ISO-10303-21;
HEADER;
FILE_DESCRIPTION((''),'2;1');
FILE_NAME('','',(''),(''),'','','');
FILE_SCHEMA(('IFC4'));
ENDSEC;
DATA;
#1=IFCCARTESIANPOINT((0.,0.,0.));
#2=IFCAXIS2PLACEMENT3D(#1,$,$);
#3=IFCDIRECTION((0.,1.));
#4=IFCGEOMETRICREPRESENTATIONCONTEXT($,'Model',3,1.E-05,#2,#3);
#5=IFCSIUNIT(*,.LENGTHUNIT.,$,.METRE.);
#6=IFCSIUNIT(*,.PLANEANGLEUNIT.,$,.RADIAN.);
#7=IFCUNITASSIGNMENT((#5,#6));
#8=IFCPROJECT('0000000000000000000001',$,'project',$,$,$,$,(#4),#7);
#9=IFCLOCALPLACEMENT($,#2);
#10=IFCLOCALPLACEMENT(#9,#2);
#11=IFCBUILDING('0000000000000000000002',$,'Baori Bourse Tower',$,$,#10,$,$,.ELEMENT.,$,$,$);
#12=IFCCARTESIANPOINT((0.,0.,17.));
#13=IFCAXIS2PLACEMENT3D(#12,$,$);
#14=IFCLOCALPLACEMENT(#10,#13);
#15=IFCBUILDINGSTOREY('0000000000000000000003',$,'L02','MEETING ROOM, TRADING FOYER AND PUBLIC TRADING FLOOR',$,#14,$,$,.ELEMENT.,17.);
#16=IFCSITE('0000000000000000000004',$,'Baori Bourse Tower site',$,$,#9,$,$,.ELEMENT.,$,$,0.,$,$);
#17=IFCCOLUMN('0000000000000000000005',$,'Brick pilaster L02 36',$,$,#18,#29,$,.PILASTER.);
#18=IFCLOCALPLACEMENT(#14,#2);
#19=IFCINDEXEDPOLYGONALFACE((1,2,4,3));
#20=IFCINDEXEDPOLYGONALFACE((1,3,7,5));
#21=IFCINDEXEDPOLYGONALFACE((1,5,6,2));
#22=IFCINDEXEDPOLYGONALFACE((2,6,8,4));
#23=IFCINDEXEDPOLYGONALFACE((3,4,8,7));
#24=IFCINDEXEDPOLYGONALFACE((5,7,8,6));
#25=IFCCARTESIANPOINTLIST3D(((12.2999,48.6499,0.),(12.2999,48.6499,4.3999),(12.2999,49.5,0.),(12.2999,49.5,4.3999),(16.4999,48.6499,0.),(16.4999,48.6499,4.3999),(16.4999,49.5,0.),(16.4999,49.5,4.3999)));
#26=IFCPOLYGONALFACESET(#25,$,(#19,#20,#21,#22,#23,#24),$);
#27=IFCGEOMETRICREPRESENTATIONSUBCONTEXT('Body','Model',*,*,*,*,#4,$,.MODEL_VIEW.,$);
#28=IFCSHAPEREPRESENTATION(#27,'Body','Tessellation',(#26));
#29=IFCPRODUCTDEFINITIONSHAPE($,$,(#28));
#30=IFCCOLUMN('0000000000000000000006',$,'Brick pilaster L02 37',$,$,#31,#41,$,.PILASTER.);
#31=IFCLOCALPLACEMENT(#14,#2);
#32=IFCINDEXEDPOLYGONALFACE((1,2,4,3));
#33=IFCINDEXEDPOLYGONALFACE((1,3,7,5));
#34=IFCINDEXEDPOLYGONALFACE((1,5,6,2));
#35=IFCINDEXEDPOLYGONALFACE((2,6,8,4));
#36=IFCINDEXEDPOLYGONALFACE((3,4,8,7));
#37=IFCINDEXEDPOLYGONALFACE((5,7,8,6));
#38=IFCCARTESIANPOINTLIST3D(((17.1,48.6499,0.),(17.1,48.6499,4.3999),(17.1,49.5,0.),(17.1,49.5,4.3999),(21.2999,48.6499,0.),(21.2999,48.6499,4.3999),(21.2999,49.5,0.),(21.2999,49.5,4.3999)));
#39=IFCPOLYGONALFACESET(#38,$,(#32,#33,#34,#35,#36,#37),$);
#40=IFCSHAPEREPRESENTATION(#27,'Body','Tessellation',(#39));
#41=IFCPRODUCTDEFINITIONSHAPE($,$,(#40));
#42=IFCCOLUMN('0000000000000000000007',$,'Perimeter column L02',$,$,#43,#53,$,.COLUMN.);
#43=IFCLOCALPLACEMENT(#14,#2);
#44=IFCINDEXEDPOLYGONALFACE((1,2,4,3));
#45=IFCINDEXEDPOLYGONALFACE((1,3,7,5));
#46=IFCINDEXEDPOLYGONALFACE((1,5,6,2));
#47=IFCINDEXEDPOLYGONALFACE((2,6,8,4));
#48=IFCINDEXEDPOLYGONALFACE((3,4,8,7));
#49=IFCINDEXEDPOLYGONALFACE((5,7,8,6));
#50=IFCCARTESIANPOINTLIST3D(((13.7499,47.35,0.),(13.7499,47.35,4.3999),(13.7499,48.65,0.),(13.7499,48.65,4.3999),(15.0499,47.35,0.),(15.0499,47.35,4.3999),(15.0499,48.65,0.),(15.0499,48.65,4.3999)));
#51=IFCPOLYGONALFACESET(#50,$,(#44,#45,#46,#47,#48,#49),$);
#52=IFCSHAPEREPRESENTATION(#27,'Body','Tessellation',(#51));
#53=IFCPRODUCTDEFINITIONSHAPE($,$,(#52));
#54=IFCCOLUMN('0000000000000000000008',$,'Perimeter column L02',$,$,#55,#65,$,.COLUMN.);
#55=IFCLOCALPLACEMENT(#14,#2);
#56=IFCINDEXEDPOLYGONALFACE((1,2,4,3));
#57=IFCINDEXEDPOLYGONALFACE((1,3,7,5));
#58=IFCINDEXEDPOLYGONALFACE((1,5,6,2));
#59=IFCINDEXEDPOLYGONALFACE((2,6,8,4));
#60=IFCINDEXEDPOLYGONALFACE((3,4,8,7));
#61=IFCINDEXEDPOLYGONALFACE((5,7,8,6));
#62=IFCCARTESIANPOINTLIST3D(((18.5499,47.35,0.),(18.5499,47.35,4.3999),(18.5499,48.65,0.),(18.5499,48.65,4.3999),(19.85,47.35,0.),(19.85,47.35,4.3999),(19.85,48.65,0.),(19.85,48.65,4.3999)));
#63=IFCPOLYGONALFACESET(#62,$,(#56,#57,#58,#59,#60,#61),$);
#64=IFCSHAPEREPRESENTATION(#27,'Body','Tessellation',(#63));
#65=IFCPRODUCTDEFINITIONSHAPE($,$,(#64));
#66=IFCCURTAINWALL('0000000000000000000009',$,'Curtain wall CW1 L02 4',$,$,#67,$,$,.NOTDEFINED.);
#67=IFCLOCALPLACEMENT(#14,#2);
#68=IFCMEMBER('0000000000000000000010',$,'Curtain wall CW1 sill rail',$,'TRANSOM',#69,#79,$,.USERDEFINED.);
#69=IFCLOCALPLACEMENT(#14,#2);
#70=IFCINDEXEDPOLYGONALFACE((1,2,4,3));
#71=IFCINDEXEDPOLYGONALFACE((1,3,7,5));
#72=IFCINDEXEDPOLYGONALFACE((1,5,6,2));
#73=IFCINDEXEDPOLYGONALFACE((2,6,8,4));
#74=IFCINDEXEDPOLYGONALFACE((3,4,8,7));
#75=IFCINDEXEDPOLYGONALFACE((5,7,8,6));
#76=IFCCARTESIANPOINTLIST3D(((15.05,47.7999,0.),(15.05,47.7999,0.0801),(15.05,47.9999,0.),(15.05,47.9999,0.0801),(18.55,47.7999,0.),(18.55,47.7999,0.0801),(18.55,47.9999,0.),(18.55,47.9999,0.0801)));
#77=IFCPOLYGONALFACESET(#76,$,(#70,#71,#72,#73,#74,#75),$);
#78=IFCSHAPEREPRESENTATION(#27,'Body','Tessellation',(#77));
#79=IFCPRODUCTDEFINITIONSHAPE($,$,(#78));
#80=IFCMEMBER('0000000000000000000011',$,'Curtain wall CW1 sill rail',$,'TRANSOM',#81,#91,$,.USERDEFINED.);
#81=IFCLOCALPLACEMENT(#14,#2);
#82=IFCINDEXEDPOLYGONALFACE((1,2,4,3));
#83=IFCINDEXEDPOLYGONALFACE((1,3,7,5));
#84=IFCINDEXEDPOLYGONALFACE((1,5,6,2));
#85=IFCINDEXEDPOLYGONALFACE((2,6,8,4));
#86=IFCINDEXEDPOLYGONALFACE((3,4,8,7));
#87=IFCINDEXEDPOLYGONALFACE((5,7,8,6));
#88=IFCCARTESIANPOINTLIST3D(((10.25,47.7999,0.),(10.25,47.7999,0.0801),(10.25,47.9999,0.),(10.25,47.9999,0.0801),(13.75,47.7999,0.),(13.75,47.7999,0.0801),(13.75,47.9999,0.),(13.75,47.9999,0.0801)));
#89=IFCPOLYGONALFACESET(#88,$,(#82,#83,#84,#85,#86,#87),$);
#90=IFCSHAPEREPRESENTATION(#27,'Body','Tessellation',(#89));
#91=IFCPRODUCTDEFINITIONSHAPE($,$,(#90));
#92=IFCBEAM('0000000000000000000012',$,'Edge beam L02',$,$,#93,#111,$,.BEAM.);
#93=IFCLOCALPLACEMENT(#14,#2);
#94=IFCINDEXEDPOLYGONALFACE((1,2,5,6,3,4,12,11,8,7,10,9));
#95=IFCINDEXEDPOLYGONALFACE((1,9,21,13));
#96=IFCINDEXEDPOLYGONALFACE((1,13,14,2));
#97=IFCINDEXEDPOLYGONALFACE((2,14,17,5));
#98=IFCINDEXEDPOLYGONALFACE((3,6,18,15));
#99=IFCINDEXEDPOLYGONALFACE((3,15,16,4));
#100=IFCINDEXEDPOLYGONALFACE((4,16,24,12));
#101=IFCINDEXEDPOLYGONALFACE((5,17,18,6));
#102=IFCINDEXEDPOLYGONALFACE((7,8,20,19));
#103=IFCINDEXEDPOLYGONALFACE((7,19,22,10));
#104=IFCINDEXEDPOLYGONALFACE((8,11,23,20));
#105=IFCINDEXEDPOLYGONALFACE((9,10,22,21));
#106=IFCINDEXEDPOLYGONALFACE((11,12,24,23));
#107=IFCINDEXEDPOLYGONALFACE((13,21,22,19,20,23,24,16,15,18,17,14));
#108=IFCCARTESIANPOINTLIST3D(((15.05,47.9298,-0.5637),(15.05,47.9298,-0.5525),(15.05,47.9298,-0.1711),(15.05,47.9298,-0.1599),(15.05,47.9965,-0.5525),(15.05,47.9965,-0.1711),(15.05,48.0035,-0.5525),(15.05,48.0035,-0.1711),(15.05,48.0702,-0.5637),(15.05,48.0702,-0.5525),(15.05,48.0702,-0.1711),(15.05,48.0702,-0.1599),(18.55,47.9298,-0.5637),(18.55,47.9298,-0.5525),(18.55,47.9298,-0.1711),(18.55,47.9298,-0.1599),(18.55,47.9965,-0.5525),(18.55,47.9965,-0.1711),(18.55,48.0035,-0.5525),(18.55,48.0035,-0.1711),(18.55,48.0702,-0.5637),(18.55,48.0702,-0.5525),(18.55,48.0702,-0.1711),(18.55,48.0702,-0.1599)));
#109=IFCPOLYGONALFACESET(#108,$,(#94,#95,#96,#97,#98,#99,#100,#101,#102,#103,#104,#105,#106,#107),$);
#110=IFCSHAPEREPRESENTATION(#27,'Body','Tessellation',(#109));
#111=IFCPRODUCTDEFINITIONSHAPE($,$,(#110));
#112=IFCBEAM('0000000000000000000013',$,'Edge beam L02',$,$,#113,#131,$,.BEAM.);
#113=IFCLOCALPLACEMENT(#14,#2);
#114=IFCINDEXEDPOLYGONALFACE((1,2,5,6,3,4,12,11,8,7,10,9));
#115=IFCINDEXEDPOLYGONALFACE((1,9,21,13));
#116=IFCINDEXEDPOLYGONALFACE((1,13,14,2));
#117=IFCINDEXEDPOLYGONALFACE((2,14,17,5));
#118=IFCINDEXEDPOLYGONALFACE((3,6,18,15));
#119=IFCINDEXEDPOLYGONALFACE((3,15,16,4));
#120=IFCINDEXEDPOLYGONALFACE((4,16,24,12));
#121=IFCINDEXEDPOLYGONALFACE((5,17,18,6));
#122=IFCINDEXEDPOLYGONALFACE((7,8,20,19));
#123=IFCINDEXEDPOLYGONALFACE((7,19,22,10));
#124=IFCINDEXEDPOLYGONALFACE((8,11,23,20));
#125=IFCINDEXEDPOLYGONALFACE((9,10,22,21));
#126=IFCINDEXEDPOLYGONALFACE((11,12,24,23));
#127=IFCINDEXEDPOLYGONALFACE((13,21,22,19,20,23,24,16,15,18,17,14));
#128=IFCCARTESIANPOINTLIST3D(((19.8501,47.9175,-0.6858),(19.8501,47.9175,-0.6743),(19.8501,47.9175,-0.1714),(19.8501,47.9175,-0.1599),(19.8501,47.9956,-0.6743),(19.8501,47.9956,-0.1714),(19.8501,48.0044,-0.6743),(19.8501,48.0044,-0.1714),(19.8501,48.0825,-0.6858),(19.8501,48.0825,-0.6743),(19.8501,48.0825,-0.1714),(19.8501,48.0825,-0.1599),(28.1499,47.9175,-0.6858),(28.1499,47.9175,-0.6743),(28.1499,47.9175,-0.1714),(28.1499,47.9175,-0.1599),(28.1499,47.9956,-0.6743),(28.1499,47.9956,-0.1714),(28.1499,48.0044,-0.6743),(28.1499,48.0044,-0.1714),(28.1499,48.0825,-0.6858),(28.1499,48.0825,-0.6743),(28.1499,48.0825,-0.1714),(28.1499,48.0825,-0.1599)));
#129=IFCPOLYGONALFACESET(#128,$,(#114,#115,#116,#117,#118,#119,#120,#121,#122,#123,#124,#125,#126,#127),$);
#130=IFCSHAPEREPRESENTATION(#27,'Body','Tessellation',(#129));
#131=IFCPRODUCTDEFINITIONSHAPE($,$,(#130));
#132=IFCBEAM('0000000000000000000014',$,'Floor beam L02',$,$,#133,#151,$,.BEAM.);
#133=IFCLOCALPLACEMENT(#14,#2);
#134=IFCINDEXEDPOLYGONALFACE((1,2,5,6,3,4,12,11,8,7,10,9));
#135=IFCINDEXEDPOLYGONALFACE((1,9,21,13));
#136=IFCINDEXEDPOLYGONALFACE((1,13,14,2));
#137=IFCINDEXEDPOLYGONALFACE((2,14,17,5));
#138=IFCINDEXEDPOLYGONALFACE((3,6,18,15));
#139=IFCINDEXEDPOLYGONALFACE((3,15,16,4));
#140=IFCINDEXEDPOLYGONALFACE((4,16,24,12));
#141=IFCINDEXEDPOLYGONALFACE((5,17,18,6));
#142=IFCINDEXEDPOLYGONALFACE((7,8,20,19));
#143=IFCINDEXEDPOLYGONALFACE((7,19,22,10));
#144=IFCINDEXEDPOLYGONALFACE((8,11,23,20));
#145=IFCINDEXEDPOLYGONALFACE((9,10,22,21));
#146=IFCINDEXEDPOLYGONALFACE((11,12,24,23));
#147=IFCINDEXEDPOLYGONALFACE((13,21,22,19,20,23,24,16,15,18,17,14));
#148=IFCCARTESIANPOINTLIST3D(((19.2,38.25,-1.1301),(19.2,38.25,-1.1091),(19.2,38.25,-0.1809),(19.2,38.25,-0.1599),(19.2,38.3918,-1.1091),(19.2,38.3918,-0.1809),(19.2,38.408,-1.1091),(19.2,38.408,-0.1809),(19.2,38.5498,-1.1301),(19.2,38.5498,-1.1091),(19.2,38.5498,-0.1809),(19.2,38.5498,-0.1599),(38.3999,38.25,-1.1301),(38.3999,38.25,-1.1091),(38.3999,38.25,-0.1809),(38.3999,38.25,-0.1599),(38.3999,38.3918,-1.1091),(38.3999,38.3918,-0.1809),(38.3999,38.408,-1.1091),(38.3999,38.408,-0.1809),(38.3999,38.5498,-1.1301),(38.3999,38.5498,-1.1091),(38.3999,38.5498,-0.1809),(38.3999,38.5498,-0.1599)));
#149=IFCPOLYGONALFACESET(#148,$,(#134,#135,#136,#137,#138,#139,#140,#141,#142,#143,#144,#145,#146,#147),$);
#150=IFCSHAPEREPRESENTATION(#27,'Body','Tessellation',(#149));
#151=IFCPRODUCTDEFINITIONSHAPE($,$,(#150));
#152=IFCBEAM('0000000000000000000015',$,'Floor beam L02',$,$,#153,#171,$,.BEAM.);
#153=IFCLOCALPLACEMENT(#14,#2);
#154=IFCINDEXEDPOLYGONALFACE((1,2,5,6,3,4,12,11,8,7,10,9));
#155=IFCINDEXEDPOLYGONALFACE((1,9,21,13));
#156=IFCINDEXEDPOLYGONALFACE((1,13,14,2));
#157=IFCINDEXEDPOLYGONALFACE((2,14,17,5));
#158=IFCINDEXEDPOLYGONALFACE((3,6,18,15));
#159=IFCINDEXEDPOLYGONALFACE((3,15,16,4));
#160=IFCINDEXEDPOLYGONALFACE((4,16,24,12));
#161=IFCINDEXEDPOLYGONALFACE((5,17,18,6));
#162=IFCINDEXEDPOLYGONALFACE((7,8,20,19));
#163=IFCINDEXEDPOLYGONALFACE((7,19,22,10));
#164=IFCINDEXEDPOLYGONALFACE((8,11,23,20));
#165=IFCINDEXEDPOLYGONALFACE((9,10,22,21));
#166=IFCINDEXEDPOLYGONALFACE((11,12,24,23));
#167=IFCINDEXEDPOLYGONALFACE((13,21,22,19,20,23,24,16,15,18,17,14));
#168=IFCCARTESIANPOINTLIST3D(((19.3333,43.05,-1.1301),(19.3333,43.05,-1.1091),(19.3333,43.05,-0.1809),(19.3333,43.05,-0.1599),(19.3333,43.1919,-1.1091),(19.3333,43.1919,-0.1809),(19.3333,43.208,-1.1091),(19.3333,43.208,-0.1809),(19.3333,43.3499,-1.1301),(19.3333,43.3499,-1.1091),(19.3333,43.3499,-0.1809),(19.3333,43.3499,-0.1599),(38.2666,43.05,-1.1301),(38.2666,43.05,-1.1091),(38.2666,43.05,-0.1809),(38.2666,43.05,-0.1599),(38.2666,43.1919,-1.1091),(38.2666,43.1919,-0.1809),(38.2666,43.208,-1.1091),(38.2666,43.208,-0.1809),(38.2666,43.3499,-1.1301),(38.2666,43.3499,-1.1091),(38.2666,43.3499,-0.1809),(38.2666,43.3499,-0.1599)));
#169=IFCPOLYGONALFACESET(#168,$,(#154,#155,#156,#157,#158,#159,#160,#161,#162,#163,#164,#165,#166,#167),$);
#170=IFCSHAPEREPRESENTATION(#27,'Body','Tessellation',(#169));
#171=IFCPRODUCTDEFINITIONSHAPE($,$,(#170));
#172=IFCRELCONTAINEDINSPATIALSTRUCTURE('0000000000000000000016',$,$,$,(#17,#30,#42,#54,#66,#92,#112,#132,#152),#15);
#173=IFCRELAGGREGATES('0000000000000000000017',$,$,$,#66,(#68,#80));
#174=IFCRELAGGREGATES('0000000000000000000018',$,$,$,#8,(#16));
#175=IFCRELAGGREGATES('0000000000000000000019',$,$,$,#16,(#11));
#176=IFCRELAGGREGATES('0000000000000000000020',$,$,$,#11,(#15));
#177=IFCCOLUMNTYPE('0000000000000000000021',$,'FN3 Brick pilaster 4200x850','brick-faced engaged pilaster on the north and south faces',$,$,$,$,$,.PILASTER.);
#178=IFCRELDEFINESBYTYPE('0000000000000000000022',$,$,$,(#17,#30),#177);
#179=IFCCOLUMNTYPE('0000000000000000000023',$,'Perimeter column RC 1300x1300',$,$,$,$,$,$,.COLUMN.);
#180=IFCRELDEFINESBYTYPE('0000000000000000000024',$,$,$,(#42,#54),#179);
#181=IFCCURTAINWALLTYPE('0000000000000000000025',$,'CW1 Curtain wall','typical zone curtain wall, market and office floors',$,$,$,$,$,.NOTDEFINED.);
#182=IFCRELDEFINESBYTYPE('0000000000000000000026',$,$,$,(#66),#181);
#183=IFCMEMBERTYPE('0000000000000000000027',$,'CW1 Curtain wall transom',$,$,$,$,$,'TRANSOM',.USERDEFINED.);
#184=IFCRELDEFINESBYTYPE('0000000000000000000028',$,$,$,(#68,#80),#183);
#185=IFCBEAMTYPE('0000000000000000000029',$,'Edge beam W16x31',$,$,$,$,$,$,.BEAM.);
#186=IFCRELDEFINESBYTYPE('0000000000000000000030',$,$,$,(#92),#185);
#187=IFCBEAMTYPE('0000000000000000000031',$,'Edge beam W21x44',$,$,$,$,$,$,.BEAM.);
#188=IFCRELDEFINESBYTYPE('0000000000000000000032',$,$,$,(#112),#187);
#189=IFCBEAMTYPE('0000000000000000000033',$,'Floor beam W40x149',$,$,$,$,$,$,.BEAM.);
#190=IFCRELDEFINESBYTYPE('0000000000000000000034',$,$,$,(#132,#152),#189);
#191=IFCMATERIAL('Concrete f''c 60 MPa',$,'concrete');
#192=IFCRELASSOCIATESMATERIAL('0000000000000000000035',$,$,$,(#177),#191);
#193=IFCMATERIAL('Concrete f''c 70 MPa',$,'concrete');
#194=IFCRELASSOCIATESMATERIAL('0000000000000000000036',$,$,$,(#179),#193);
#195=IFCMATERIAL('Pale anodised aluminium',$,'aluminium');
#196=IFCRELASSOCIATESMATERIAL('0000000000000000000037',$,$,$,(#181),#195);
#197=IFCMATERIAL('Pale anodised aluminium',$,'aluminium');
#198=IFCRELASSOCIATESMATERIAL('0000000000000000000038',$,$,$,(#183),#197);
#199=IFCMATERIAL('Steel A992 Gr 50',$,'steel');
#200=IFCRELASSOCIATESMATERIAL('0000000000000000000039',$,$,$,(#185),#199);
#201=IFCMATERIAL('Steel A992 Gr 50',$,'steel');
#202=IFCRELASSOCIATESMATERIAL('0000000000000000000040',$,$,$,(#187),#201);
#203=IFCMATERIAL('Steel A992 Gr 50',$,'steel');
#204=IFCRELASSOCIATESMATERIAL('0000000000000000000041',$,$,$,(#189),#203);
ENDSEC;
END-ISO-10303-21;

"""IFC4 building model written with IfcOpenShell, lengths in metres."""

from ifc_helpers import new_model, si_unit, direction, frame, origin, origin_2d, place, context, subcontext, project, spatial, rectangle, i_section, extrude, material, material_profile, profile_set, type_object, element, aggregate, save


model = new_model("IFC4")

# Units and contexts
model_context = context("Model", 3, precision=1e-05, world=origin(), true_north=direction((0.0, 1.0)))
body_context = subcontext(model_context, "Body", "Model", "MODEL_VIEW")
ifc_project = project(units=[si_unit("LENGTHUNIT", "METRE"), si_unit("PLANEANGLEUNIT", "RADIAN")], contexts=[model_context])

# Site, building, storey
site_placement = place(None, origin())
site = spatial("IfcSite", under=ifc_project, at=site_placement, Name="Baori Bourse Tower site", CompositionType="ELEMENT", RefElevation=0.0)
building_placement = place(site_placement, origin())
building = spatial("IfcBuilding", under=site, at=building_placement, Name="Baori Bourse Tower", CompositionType="ELEMENT")
storey_placement = place(building_placement, frame((0.0, 0.0, 17.0)))
storey = spatial("IfcBuildingStorey", under=building, at=storey_placement, Name="L02", Description="MEETING ROOM, TRADING FOYER AND PUBLIC TRADING FLOOR", CompositionType="ELEMENT", Elevation=17.0)

# Columns
ifc_material_1 = material(Name="Concrete f'c 60 MPa", Category="concrete")
ifc_material_profile_1 = material_profile(ifc_material_1, rectangle(XDim=4.2, YDim=0.8501, at=origin_2d()), Name="RC 4200x850")
ifc_profile_set_1 = profile_set([ifc_material_profile_1], Name="Concrete f'c 60 MPa")
column_type_1 = type_object("IfcColumnType", Name="FN3 Brick pilaster 4200x850", Description="brick-faced engaged pilaster on the north and south faces", PredefinedType="PILASTER", material=ifc_profile_set_1)
for number, where, z_axis, x_axis, name in (
    (1, (14.3999, 49.075, 0.0), (0.0, 0.0, 1.0), (1.0, 0.0, 0.0), "Brick pilaster L02 36"),
    (2, (19.2, 49.075, 0.0), (0.0, 0.0, 1.0), (1.0, 0.0, 0.0), "Brick pilaster L02 37"),
):
    element("IfcColumn", number, at=place(storey_placement, frame(where, z_axis=z_axis, x_axis=x_axis)), inside=storey, type_object=column_type_1, Name=name, PredefinedType="PILASTER", context=body_context, shape_type="SweptSolid", body=[
        extrude(rectangle(XDim=4.2, YDim=0.8501, at=origin_2d()), origin(), (0.0, 0.0, 1.0), 4.3999),
    ])
ifc_material_2 = material(Name="Concrete f'c 70 MPa", Category="concrete")
ifc_material_profile_2 = material_profile(ifc_material_2, rectangle(XDim=1.3, YDim=1.3, at=origin_2d()), Name="RC 1300x1300")
ifc_profile_set_2 = profile_set([ifc_material_profile_2], Name="Concrete f'c 70 MPa")
column_type_2 = type_object("IfcColumnType", Name="Perimeter column RC 1300x1300", PredefinedType="COLUMN", material=ifc_profile_set_2)
for number, where, z_axis, x_axis, name in (
    (3, (14.3999, 48.0, 0.0), (0.0, 0.0, 1.0), (1.0, 0.0, 0.0), "Perimeter column L02"),
    (4, (19.2, 48.0, 0.0), (0.0, 0.0, 1.0), (1.0, 0.0, 0.0), "Perimeter column L02"),
):
    element("IfcColumn", number, at=place(storey_placement, frame(where, z_axis=z_axis, x_axis=x_axis)), inside=storey, type_object=column_type_2, Name=name, PredefinedType="COLUMN", context=body_context, shape_type="SweptSolid", body=[
        extrude(rectangle(XDim=1.3, YDim=1.3, at=origin_2d()), origin(), (0.0, 0.0, 1.0), 4.3999),
    ])

# Curtain wall, members
ifc_material_3 = material(Name="Pale anodised aluminium", Category="aluminium")
curtain_wall_type = type_object("IfcCurtainWallType", Name="CW1 Curtain wall", Description="typical zone curtain wall, market and office floors", PredefinedType="NOTDEFINED", material=ifc_material_3)
curtain_wall_placement = place(storey_placement, origin())
curtain_wall = element("IfcCurtainWall", 5, at=curtain_wall_placement, inside=storey, type_object=curtain_wall_type, Name="Curtain wall CW1 L02 4", PredefinedType="NOTDEFINED")
ifc_material_4 = material(Name="Pale anodised aluminium", Category="aluminium")
ifc_material_profile_3 = material_profile(ifc_material_4, rectangle(XDim=0.2, YDim=0.0801, at=origin_2d()), Name="Transom 80x200")
ifc_profile_set_3 = profile_set([ifc_material_profile_3], Name="Pale anodised aluminium")
member_type = type_object("IfcMemberType", Name="CW1 Curtain wall transom", ElementType="TRANSOM", PredefinedType="USERDEFINED", material=ifc_profile_set_3)
member_1_placement = place(storey_placement, frame((18.55, 47.8999, 0.04), z_axis=(-1.0, 0.0, 0.0), x_axis=(0.0, -1.0, 0.0)))
member_1 = element("IfcMember", 6, at=member_1_placement, type_object=member_type, Name="Curtain wall CW1 sill rail", ObjectType="TRANSOM", PredefinedType="USERDEFINED", context=body_context, shape_type="SweptSolid", body=[
    extrude(rectangle(XDim=0.2, YDim=0.0801, at=origin_2d()), origin(), (0.0, 0.0, 1.0), 3.5),
])
member_2_placement = place(storey_placement, frame((13.75, 47.8999, 0.04), z_axis=(-1.0, 0.0, 0.0), x_axis=(0.0, -1.0, 0.0)))
member_2 = element("IfcMember", 7, at=member_2_placement, type_object=member_type, Name="Curtain wall CW1 sill rail", ObjectType="TRANSOM", PredefinedType="USERDEFINED", context=body_context, shape_type="SweptSolid", body=[
    extrude(rectangle(XDim=0.2, YDim=0.0801, at=origin_2d()), origin(), (0.0, 0.0, 1.0), 3.5),
])

# Beams
ifc_material_5 = material(Name="Steel A992 Gr 50", Category="steel")
ifc_material_profile_4 = material_profile(ifc_material_5, i_section(OverallWidth=0.1404, OverallDepth=0.4038, WebThickness=0.0071, FlangeThickness=0.0112, at=origin_2d()), Name="W16x31")
ifc_profile_set_4 = profile_set([ifc_material_profile_4], Name="Steel A992 Gr 50")
beam_type_1 = type_object("IfcBeamType", Name="Edge beam W16x31", PredefinedType="BEAM", material=ifc_profile_set_4)
beam_1_placement = place(storey_placement, frame((15.05, 48.0, -0.3618), z_axis=(1.0, 0.0, 0.0), x_axis=(0.0, 1.0, 0.0)))
element("IfcBeam", 8, at=beam_1_placement, inside=storey, type_object=beam_type_1, Name="Edge beam L02", PredefinedType="BEAM", context=body_context, shape_type="SweptSolid", body=[
    extrude(i_section(OverallWidth=0.1404, OverallDepth=0.4038, WebThickness=0.0071, FlangeThickness=0.0112, at=origin_2d()), origin(), (0.0, 0.0, 1.0), 3.5),
])
ifc_material_6 = material(Name="Steel A992 Gr 50", Category="steel")
ifc_material_profile_5 = material_profile(ifc_material_6, i_section(OverallWidth=0.165, OverallDepth=0.5259, WebThickness=0.0088, FlangeThickness=0.0115, at=origin_2d()), Name="W21x44")
ifc_profile_set_5 = profile_set([ifc_material_profile_5], Name="Steel A992 Gr 50")
beam_type_2 = type_object("IfcBeamType", Name="Edge beam W21x44", PredefinedType="BEAM", material=ifc_profile_set_5)
beam_2_placement = place(storey_placement, frame((19.8501, 48.0, -0.4229), z_axis=(1.0, 0.0, 0.0), x_axis=(0.0, 1.0, 0.0)))
element("IfcBeam", 9, at=beam_2_placement, inside=storey, type_object=beam_type_2, Name="Edge beam L02", PredefinedType="BEAM", context=body_context, shape_type="SweptSolid", body=[
    extrude(i_section(OverallWidth=0.165, OverallDepth=0.5259, WebThickness=0.0088, FlangeThickness=0.0115, at=origin_2d()), origin(), (0.0, 0.0, 1.0), 8.2998),
])
ifc_material_7 = material(Name="Steel A992 Gr 50", Category="steel")
ifc_material_profile_6 = material_profile(ifc_material_7, i_section(OverallWidth=0.2998, OverallDepth=0.9702, WebThickness=0.0161, FlangeThickness=0.021, at=origin_2d()), Name="W40x149")
ifc_profile_set_6 = profile_set([ifc_material_profile_6], Name="Steel A992 Gr 50")
beam_type_3 = type_object("IfcBeamType", Name="Floor beam W40x149", PredefinedType="BEAM", material=ifc_profile_set_6)
beam_3_placement = place(storey_placement, frame((19.2, 38.3999, -0.645), z_axis=(1.0, 0.0, 0.0), x_axis=(0.0, 1.0, 0.0)))
element("IfcBeam", 10, at=beam_3_placement, inside=storey, type_object=beam_type_3, Name="Floor beam L02", PredefinedType="BEAM", context=body_context, shape_type="SweptSolid", body=[
    extrude(i_section(OverallWidth=0.2998, OverallDepth=0.9702, WebThickness=0.0161, FlangeThickness=0.021, at=origin_2d()), origin(), (0.0, 0.0, 1.0), 19.2),
])
beam_4_placement = place(storey_placement, frame((19.3333, 43.2, -0.645), z_axis=(1.0, 0.0, 0.0), x_axis=(0.0, 1.0, 0.0)))
element("IfcBeam", 11, at=beam_4_placement, inside=storey, type_object=beam_type_3, Name="Floor beam L02", PredefinedType="BEAM", context=body_context, shape_type="SweptSolid", body=[
    extrude(i_section(OverallWidth=0.2998, OverallDepth=0.9702, WebThickness=0.0161, FlangeThickness=0.021, at=origin_2d()), origin(), (0.0, 0.0, 1.0), 18.9333),
])

aggregate(curtain_wall, [member_1, member_2])

save(model, "model.ifc")
